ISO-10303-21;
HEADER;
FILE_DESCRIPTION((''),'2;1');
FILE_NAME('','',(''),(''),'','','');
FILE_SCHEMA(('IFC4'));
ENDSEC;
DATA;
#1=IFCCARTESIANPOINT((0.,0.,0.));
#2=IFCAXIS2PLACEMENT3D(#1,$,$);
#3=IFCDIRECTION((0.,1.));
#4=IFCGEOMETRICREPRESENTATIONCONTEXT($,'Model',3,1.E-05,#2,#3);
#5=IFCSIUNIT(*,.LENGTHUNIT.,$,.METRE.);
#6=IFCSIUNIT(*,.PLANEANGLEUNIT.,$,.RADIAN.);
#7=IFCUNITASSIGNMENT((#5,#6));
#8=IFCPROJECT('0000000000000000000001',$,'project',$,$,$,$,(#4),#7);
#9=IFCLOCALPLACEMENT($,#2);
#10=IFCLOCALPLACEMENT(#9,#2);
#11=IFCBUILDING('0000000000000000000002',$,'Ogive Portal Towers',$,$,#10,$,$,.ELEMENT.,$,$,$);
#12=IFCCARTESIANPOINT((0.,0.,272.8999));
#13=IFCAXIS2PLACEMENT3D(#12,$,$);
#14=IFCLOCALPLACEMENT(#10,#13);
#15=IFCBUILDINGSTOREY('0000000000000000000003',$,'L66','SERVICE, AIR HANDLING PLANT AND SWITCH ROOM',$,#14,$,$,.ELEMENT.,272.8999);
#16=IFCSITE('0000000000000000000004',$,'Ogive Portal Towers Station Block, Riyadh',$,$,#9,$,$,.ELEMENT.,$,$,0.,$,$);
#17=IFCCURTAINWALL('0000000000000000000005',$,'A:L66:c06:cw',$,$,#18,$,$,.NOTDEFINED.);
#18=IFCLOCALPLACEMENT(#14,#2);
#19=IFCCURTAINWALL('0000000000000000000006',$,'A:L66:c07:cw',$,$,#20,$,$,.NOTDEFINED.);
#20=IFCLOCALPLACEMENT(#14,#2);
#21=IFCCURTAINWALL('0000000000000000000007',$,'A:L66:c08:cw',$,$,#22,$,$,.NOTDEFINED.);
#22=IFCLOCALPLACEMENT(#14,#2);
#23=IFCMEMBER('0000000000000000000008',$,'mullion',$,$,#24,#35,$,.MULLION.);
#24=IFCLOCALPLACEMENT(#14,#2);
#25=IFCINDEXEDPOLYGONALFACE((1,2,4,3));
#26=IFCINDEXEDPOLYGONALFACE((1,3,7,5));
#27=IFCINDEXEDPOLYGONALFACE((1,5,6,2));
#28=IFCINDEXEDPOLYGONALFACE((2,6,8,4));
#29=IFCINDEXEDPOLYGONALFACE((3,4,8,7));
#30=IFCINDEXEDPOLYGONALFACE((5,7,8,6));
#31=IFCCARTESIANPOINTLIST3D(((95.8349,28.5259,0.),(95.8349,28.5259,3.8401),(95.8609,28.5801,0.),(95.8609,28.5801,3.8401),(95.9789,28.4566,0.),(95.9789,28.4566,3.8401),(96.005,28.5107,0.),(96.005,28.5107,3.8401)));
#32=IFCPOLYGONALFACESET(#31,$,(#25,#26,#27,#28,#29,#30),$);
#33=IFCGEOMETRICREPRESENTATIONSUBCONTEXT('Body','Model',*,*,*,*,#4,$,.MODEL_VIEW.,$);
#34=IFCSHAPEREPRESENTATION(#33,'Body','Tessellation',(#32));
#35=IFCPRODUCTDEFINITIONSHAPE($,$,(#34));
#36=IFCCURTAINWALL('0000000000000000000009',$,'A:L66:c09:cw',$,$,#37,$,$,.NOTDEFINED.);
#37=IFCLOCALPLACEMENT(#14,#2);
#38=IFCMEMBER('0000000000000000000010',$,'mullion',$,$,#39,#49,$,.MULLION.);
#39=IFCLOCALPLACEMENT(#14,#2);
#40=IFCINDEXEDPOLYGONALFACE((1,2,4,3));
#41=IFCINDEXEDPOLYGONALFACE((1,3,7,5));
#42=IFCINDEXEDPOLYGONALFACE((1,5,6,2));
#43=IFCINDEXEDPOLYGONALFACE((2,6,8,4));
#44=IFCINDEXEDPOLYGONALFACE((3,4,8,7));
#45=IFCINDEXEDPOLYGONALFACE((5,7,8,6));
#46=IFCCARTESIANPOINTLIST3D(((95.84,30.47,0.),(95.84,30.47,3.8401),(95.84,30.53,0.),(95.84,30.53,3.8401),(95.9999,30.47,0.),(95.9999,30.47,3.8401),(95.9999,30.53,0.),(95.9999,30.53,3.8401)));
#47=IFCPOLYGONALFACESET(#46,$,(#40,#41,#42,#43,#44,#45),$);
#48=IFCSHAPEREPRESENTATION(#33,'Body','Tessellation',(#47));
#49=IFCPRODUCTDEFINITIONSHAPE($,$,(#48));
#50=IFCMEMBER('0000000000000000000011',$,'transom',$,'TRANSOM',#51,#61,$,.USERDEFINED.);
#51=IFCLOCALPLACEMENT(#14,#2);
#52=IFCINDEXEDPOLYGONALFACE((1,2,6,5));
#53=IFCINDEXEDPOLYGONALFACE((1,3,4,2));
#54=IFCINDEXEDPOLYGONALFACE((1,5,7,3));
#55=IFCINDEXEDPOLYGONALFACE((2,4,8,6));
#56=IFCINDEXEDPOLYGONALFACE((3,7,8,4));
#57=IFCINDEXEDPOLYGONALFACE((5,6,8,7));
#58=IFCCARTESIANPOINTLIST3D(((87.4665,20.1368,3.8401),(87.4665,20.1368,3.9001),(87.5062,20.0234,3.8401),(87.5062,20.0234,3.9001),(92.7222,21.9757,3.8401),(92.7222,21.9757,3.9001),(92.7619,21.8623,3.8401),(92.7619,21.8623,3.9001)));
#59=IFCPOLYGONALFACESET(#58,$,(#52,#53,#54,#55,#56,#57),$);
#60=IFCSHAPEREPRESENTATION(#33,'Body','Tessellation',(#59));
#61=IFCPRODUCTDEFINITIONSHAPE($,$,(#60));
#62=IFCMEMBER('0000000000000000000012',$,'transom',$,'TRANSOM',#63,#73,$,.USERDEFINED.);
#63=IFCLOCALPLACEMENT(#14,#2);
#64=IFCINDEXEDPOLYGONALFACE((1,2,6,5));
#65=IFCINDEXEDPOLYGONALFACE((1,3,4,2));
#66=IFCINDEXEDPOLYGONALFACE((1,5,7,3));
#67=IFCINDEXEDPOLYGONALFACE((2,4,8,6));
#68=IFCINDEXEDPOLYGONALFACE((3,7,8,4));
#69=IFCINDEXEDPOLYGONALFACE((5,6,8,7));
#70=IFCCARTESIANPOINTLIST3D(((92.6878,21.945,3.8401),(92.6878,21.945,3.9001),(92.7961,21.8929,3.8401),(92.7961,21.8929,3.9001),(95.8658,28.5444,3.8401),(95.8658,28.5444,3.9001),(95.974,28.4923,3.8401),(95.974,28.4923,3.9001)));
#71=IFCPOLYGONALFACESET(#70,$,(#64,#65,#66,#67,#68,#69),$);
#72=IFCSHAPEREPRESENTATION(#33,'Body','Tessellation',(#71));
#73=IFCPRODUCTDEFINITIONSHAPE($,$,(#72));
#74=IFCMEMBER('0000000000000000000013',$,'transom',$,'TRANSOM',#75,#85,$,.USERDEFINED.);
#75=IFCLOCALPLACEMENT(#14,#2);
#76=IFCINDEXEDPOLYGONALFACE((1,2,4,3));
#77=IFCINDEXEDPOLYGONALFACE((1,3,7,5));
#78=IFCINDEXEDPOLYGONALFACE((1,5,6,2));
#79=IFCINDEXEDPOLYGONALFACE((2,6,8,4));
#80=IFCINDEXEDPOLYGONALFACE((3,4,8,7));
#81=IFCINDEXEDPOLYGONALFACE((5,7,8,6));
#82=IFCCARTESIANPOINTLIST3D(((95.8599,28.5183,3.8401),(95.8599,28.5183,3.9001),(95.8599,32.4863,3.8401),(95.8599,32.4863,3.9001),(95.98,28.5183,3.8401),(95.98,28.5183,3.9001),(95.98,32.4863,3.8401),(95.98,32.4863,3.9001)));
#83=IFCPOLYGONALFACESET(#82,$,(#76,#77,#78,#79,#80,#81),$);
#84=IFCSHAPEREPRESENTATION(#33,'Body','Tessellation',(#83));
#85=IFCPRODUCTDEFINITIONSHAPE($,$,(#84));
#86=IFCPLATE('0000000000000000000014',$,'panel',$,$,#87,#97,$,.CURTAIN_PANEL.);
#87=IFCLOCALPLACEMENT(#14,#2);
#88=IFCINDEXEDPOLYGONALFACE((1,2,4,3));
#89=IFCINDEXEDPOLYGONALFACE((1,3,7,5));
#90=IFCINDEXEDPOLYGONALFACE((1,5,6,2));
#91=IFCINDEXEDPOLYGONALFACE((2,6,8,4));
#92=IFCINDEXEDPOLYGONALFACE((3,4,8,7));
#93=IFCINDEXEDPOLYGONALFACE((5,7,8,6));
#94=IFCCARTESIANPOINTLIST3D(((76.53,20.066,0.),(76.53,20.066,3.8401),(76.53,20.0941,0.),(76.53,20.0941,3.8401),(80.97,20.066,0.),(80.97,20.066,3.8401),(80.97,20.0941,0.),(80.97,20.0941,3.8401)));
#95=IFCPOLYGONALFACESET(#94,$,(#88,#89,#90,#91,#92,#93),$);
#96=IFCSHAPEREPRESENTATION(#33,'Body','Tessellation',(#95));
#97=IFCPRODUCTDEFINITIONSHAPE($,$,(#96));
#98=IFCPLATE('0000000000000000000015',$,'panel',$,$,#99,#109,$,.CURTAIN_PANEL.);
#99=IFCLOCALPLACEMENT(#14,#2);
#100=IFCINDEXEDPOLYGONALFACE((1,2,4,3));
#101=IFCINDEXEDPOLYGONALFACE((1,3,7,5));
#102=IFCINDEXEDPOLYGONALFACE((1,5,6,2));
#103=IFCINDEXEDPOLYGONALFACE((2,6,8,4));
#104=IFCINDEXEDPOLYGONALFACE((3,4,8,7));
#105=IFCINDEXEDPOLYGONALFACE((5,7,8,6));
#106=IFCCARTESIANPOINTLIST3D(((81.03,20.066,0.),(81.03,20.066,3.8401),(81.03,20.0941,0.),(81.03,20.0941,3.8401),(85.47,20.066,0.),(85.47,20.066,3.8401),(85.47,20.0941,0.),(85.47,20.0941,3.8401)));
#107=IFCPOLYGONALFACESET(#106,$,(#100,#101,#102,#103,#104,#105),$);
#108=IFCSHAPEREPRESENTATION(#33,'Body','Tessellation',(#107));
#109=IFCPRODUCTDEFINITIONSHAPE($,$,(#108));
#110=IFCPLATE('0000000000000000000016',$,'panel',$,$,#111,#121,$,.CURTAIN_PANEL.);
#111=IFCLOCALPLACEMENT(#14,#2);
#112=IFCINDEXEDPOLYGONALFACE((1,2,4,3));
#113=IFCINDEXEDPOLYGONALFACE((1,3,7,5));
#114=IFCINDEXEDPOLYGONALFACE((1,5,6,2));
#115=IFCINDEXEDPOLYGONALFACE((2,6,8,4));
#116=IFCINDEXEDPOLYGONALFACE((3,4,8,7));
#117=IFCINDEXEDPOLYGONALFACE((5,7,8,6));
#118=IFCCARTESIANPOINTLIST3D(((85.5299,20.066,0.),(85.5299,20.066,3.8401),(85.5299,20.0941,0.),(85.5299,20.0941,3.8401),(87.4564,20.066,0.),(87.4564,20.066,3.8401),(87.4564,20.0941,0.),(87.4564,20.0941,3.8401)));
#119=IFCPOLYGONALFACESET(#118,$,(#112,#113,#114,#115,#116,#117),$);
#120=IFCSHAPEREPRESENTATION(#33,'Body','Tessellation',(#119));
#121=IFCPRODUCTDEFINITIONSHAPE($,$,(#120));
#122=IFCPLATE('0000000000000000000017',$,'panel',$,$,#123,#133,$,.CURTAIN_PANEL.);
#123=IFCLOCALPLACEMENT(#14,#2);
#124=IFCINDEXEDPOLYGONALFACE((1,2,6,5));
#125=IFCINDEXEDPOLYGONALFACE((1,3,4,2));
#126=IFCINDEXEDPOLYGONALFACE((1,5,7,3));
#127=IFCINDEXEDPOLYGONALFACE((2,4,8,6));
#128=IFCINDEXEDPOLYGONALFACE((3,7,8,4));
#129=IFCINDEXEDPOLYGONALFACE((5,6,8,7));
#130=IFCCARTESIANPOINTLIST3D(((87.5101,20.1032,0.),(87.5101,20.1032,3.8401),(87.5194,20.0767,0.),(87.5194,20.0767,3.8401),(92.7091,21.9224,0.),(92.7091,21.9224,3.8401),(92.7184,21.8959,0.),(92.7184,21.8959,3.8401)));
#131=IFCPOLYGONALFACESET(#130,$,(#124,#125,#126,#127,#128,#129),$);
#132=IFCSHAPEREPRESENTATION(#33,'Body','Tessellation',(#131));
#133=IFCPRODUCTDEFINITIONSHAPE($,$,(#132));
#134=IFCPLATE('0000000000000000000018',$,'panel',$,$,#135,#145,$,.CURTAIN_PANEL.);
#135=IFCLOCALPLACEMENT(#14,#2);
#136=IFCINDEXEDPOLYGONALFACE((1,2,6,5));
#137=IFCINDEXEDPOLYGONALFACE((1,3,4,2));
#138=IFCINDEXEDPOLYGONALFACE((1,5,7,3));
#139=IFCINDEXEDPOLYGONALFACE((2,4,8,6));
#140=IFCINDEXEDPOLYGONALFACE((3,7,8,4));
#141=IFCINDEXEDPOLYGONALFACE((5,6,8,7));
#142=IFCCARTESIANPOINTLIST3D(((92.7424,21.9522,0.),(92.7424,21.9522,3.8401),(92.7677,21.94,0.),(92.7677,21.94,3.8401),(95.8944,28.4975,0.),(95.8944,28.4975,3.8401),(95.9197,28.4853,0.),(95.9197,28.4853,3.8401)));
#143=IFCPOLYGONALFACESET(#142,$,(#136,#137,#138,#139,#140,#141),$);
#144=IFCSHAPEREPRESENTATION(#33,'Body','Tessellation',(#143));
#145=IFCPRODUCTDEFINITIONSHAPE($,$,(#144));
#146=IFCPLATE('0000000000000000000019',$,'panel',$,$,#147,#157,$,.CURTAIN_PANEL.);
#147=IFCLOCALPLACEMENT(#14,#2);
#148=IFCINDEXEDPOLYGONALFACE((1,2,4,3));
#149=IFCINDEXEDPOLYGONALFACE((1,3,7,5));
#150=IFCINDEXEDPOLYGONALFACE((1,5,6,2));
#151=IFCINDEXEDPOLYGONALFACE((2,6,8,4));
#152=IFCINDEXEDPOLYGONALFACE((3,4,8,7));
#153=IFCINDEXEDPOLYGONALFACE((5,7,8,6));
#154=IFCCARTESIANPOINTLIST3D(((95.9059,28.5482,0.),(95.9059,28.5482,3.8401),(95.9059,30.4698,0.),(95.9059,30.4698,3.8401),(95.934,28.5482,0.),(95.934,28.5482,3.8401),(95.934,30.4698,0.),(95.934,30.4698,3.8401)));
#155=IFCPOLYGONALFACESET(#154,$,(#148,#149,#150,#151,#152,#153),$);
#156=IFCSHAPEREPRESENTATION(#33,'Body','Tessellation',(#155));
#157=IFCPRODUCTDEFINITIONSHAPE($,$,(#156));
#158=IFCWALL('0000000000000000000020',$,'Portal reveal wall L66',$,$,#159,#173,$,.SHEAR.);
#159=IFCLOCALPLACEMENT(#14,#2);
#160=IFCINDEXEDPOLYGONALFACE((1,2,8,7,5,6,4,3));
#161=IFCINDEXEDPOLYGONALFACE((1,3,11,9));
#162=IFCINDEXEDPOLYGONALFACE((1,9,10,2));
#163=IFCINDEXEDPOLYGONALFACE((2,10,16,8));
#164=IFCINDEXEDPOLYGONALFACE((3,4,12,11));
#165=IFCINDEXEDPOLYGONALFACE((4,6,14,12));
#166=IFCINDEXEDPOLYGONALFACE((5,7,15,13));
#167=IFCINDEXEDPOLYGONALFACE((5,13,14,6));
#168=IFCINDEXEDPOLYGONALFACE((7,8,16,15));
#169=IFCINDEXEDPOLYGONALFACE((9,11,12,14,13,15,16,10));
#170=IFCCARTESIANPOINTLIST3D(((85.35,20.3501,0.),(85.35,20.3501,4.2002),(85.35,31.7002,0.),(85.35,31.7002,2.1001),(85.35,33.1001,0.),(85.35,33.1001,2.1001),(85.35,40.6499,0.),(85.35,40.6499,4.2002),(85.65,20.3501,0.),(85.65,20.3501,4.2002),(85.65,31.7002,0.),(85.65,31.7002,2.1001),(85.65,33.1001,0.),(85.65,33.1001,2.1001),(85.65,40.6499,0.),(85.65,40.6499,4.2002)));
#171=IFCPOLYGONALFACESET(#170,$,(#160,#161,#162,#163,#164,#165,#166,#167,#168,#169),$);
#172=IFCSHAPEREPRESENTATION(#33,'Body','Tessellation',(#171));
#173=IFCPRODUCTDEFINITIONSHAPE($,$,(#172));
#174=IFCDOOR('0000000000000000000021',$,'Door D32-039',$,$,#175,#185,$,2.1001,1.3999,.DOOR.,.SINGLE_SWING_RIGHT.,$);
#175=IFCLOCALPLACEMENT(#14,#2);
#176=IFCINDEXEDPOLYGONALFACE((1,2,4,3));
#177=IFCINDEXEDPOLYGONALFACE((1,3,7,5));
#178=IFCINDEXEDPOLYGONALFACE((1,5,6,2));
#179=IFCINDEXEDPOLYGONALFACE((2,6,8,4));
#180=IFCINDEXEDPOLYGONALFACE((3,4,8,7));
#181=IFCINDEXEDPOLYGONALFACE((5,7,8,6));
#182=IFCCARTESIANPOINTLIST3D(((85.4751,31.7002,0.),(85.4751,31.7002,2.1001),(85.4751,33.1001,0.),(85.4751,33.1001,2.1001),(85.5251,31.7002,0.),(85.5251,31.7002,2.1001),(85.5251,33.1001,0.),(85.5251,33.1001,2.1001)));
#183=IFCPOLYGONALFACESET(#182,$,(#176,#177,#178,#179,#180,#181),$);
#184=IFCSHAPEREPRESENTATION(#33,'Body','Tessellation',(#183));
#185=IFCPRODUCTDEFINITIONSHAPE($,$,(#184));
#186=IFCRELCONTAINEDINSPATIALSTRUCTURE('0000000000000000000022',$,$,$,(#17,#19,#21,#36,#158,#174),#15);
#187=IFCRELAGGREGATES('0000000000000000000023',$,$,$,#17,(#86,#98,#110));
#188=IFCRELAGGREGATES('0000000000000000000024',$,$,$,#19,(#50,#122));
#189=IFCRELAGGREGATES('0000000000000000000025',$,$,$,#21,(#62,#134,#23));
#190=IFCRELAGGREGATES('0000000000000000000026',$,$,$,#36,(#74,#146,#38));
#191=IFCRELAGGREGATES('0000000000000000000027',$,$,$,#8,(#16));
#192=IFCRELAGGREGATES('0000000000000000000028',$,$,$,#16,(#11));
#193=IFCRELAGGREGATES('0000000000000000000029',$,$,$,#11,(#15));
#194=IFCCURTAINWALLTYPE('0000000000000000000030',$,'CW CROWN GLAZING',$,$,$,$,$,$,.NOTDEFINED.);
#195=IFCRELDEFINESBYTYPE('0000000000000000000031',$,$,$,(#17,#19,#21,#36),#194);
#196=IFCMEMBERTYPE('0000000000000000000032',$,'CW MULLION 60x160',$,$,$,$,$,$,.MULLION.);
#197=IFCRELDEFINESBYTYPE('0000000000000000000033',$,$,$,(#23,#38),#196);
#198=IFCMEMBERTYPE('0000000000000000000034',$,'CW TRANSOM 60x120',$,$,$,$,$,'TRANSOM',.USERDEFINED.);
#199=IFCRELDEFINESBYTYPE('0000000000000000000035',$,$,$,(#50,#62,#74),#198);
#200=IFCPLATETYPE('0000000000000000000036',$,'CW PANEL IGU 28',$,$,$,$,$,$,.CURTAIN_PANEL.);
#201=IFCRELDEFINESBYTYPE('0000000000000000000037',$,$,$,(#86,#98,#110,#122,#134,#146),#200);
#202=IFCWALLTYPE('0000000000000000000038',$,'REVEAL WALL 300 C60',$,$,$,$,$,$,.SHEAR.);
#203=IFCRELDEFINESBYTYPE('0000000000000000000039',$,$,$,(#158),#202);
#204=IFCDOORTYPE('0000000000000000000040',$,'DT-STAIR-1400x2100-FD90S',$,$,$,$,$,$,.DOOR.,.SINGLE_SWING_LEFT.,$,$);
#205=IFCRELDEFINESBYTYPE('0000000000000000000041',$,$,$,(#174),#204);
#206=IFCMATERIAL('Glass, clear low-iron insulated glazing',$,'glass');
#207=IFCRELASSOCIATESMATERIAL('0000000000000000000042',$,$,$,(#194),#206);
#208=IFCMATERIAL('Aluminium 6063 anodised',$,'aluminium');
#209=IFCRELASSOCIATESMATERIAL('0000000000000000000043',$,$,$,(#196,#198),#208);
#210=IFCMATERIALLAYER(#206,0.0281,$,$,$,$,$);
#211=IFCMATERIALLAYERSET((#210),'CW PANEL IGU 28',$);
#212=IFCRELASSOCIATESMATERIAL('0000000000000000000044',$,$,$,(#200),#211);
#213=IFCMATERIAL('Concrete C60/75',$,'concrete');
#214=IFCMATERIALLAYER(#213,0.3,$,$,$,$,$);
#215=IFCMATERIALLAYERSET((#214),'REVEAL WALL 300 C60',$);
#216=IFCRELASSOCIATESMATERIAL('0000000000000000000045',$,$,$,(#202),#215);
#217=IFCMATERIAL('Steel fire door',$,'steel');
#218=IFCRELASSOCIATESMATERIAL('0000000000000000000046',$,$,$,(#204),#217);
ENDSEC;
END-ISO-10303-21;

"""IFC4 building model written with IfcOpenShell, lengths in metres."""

from ifc_helpers import new_model, si_unit, direction, frame, frame_2d, origin, origin_2d, place, context, subcontext, project, spatial, rectangle, extrude, material, layer, layer_set, material_profile, profile_set, type_object, element, fill, aggregate, save


model = new_model("IFC4")

# Units and contexts
model_context = context("Model", 3, precision=1e-05, world=origin(), true_north=direction((0.0, 1.0)))
body_context = subcontext(model_context, "Body", "Model", "MODEL_VIEW")
ifc_project = project(units=[si_unit("LENGTHUNIT", "METRE"), si_unit("PLANEANGLEUNIT", "RADIAN")], contexts=[model_context])

# Site, building, storey
site_placement = place(None, origin())
site = spatial("IfcSite", under=ifc_project, at=site_placement, Name="Ogive Portal Towers Station Block, Riyadh", CompositionType="ELEMENT", RefElevation=0.0)
building_placement = place(site_placement, origin())
building = spatial("IfcBuilding", under=site, at=building_placement, Name="Ogive Portal Towers", CompositionType="ELEMENT")
storey_placement = place(building_placement, frame((0.0, 0.0, 272.8999)))
storey = spatial("IfcBuildingStorey", under=building, at=storey_placement, Name="L66", Description="SERVICE, AIR HANDLING PLANT AND SWITCH ROOM", CompositionType="ELEMENT", Elevation=272.8999)

# Curtain wall
ifc_material_1 = material(Name="Glass, clear low-iron insulated glazing", Category="glass")
curtain_wall_type = type_object("IfcCurtainWallType", Name="CW CROWN GLAZING", PredefinedType="NOTDEFINED", material=ifc_material_1)
curtain_wall_1_placement = place(storey_placement, origin())
curtain_wall_1 = element("IfcCurtainWall", 1, at=curtain_wall_1_placement, inside=storey, type_object=curtain_wall_type, Name="A:L66:c06:cw", PredefinedType="NOTDEFINED")
ifc_material_2 = material(Name="Aluminium 6063 anodised", Category="aluminium")
ifc_material_profile_1 = material_profile(ifc_material_2, rectangle(XDim=0.1599, YDim=0.0601, at=origin_2d()), Name="AL 60x160")
ifc_profile_set_1 = profile_set([ifc_material_profile_1], Name="Aluminium 6063 anodised")
member_type_1 = type_object("IfcMemberType", Name="CW MULLION 60x160", PredefinedType="MULLION", material=ifc_profile_set_1)

# Curtain walls, members
curtain_wall_2_placement = place(storey_placement, origin())
curtain_wall_2 = element("IfcCurtainWall", 2, at=curtain_wall_2_placement, inside=storey, type_object=curtain_wall_type, Name="A:L66:c07:cw", PredefinedType="NOTDEFINED")
curtain_wall_3_placement = place(storey_placement, origin())
curtain_wall_3 = element("IfcCurtainWall", 3, at=curtain_wall_3_placement, inside=storey, type_object=curtain_wall_type, Name="A:L66:c08:cw", PredefinedType="NOTDEFINED")
member_1_placement = place(storey_placement, frame((95.9199, 28.5183, 0.0), z_axis=(0.0, 0.0, 1.0), x_axis=(-0.900969, 0.433884, 0.0)))
member_1 = element("IfcMember", 4, at=member_1_placement, type_object=member_type_1, Name="mullion", PredefinedType="MULLION", context=body_context, shape_type="SweptSolid", body=[
    extrude(rectangle(XDim=0.1599, YDim=0.0601, at=origin_2d()), origin(), (0.0, 0.0, 1.0), 3.8401),
])
curtain_wall_4_placement = place(storey_placement, origin())
curtain_wall_4 = element("IfcCurtainWall", 5, at=curtain_wall_4_placement, inside=storey, type_object=curtain_wall_type, Name="A:L66:c09:cw", PredefinedType="NOTDEFINED")
member_2_placement = place(storey_placement, frame((95.9199, 30.5, 0.0), z_axis=(0.0, 0.0, 1.0), x_axis=(-1.0, 0.0, 0.0)))
member_2 = element("IfcMember", 6, at=member_2_placement, type_object=member_type_1, Name="mullion", PredefinedType="MULLION", context=body_context, shape_type="SweptSolid", body=[
    extrude(rectangle(XDim=0.1599, YDim=0.0601, at=origin_2d()), origin(), (0.0, 0.0, 1.0), 3.8401),
])

# Members
ifc_material_profile_2 = material_profile(ifc_material_2, rectangle(XDim=0.1201, YDim=0.0601, at=origin_2d()), Name="AL 120x60")
ifc_profile_set_2 = profile_set([ifc_material_profile_2], Name="Aluminium 6063 anodised")
member_type_2 = type_object("IfcMemberType", Name="CW TRANSOM 60x120", ElementType="TRANSOM", PredefinedType="USERDEFINED", material=ifc_profile_set_2)
member_3_placement = place(storey_placement, frame((87.4863, 20.0801, 3.8701), z_axis=(0.943892, 0.330255, 0.0), x_axis=(-0.330255, 0.943892, 0.0)))
member_3 = element("IfcMember", 7, at=member_3_placement, type_object=member_type_2, Name="transom", ObjectType="TRANSOM", PredefinedType="USERDEFINED", context=body_context, shape_type="SweptSolid", body=[
    extrude(rectangle(XDim=0.1201, YDim=0.0601, at=origin_2d()), origin(), (0.0, 0.0, 1.0), 5.5681),
])
member_4_placement = place(storey_placement, frame((92.7419, 21.9189, 3.8701), z_axis=(0.433872, 0.900975, 0.0), x_axis=(-0.900975, 0.433872, 0.0)))
member_4 = element("IfcMember", 8, at=member_4_placement, type_object=member_type_2, Name="transom", ObjectType="TRANSOM", PredefinedType="USERDEFINED", context=body_context, shape_type="SweptSolid", body=[
    extrude(rectangle(XDim=0.1201, YDim=0.0601, at=origin_2d()), origin(), (0.0, 0.0, 1.0), 7.3247),
])
member_5_placement = place(storey_placement, frame((95.9199, 28.5183, 3.8701), z_axis=(0.0, 1.0, 0.0), x_axis=(-1.0, 0.0, 0.0)))
member_5 = element("IfcMember", 9, at=member_5_placement, type_object=member_type_2, Name="transom", ObjectType="TRANSOM", PredefinedType="USERDEFINED", context=body_context, shape_type="SweptSolid", body=[
    extrude(rectangle(XDim=0.1201, YDim=0.0601, at=origin_2d()), origin(), (0.0, 0.0, 1.0), 3.968),
])

# Plates
ifc_layer_1 = layer(ifc_material_1, 0.0281)
ifc_layer_set_1 = layer_set([ifc_layer_1], Name="CW PANEL IGU 28")
plate_type = type_object("IfcPlateType", Name="CW PANEL IGU 28", PredefinedType="CURTAIN_PANEL", material=ifc_layer_set_1)
plate_1_placement = place(storey_placement, frame((78.75, 20.0801, 0.0), z_axis=(0.0, 0.0, 1.0), x_axis=(1.0, 0.0, 0.0)))
plate_1 = element("IfcPlate", 10, at=plate_1_placement, type_object=plate_type, Name="panel", PredefinedType="CURTAIN_PANEL", context=body_context, shape_type="SweptSolid", body=[
    extrude(rectangle(XDim=4.4399, YDim=0.0281, at=origin_2d()), origin(), (0.0, 0.0, 1.0), 3.8401),
])
plate_2_placement = place(storey_placement, frame((83.25, 20.0801, 0.0), z_axis=(0.0, 0.0, 1.0), x_axis=(1.0, 0.0, 0.0)))
plate_2 = element("IfcPlate", 11, at=plate_2_placement, type_object=plate_type, Name="panel", PredefinedType="CURTAIN_PANEL", context=body_context, shape_type="SweptSolid", body=[
    extrude(rectangle(XDim=4.4399, YDim=0.0281, at=origin_2d()), origin(), (0.0, 0.0, 1.0), 3.8401),
])
plate_3_placement = place(storey_placement, frame((86.4932, 20.0801, 0.0), z_axis=(0.0, 0.0, 1.0), x_axis=(1.0, 0.0, 0.0)))
plate_3 = element("IfcPlate", 12, at=plate_3_placement, type_object=plate_type, Name="panel", PredefinedType="CURTAIN_PANEL", context=body_context, shape_type="SweptSolid", body=[
    extrude(rectangle(XDim=1.9265, YDim=0.0281, at=origin_2d()), origin(), (0.0, 0.0, 1.0), 3.8401),
])
aggregate(curtain_wall_1, [plate_1, plate_2, plate_3])
plate_4_placement = place(storey_placement, frame((90.1143, 20.9995, 0.0), z_axis=(0.0, 0.0, 1.0), x_axis=(0.943883, 0.330279, 0.0)))
plate_4 = element("IfcPlate", 13, at=plate_4_placement, type_object=plate_type, Name="panel", PredefinedType="CURTAIN_PANEL", context=body_context, shape_type="SweptSolid", body=[
    extrude(rectangle(XDim=5.5081, YDim=0.0281, at=origin_2d()), origin(), (0.0, 0.0, 1.0), 3.8401),
])
aggregate(curtain_wall_2, [member_3, plate_4])
plate_5_placement = place(storey_placement, frame((94.3311, 25.2188, 0.0), z_axis=(0.0, 0.0, 1.0), x_axis=(0.433884, 0.900969, 0.0)))
plate_5 = element("IfcPlate", 14, at=plate_5_placement, type_object=plate_type, Name="panel", PredefinedType="CURTAIN_PANEL", context=body_context, shape_type="SweptSolid", body=[
    extrude(rectangle(XDim=7.2646, YDim=0.0281, at=origin_2d()), origin(), (0.0, 0.0, 1.0), 3.8401),
])
aggregate(curtain_wall_3, [member_4, plate_5, member_1])
plate_6_placement = place(storey_placement, frame((95.9199, 29.509, 0.0), z_axis=(0.0, 0.0, 1.0), x_axis=(0.0, 1.0, 0.0)))
plate_6 = element("IfcPlate", 15, at=plate_6_placement, type_object=plate_type, Name="panel", PredefinedType="CURTAIN_PANEL", context=body_context, shape_type="SweptSolid", body=[
    extrude(rectangle(XDim=1.9216, YDim=0.0281, at=origin_2d()), origin(), (0.0, 0.0, 1.0), 3.8401),
])
aggregate(curtain_wall_4, [member_5, plate_6, member_2])

# Wall, opening, door
ifc_material_3 = material(Name="Concrete C60/75", Category="concrete")
ifc_layer_2 = layer(ifc_material_3, 0.3)
ifc_layer_set_2 = layer_set([ifc_layer_2], Name="REVEAL WALL 300 C60")
wall_type_1 = type_object("IfcWallType", Name="REVEAL WALL 300 C60", PredefinedType="SHEAR", material=ifc_layer_set_2)
wall_1_placement = place(storey_placement, frame((85.5, 20.3501, 0.0), z_axis=(0.0, 0.0, 1.0), x_axis=(0.0, 1.0, 0.0)))
wall_1 = element("IfcWall", 16, at=wall_1_placement, inside=storey, type_object=wall_type_1, Name="Portal reveal wall L66", PredefinedType="SHEAR", context=body_context, shape_type="SweptSolid", body=[
    extrude(rectangle(XDim=20.2998, YDim=0.3, at=frame_2d((10.1499, 0.0))), origin(), (0.0, 0.0, 1.0), 4.2002),
])
opening_1_placement = place(wall_1_placement, frame((11.3501, 0.0, 0.0)))
opening_1 = element("IfcOpeningElement", 17, at=opening_1_placement, cuts=wall_1, PredefinedType="OPENING", context=body_context, shape_type="SweptSolid", body=[
    extrude(rectangle(XDim=1.3999, YDim=2.1001, at=frame_2d((0.7, 1.05))), frame((0.0, 0.1602, 0.0), z_axis=(0.0, -1.0, 0.0), x_axis=(1.0, 0.0, 0.0)), (0.0, 0.0, 1.0), 0.3201),
])
ifc_material_4 = material(Name="Steel fire door", Category="steel")
door_type_1 = type_object("IfcDoorType", Name="DT-STAIR-1400x2100-FD90S", OperationType="SINGLE_SWING_LEFT", PredefinedType="DOOR", material=ifc_material_4)
door_1_placement = place(opening_1_placement, origin())
door_1 = element("IfcDoor", 18, at=door_1_placement, inside=storey, type_object=door_type_1, Name="Door D32-039", OperationType="SINGLE_SWING_RIGHT", OverallHeight=2.1001, OverallWidth=1.3999, PredefinedType="DOOR", context=body_context, shape_type="SweptSolid", body=[
    extrude(rectangle(XDim=1.3999, YDim=2.1001, at=frame_2d((0.7, 1.05))), frame((0.0, 0.0249, 0.0), z_axis=(0.0, -1.0, 0.0), x_axis=(1.0, 0.0, 0.0)), (0.0, 0.0, 1.0), 0.05),
])
fill(opening_1, door_1)

save(model, "model.ifc")
